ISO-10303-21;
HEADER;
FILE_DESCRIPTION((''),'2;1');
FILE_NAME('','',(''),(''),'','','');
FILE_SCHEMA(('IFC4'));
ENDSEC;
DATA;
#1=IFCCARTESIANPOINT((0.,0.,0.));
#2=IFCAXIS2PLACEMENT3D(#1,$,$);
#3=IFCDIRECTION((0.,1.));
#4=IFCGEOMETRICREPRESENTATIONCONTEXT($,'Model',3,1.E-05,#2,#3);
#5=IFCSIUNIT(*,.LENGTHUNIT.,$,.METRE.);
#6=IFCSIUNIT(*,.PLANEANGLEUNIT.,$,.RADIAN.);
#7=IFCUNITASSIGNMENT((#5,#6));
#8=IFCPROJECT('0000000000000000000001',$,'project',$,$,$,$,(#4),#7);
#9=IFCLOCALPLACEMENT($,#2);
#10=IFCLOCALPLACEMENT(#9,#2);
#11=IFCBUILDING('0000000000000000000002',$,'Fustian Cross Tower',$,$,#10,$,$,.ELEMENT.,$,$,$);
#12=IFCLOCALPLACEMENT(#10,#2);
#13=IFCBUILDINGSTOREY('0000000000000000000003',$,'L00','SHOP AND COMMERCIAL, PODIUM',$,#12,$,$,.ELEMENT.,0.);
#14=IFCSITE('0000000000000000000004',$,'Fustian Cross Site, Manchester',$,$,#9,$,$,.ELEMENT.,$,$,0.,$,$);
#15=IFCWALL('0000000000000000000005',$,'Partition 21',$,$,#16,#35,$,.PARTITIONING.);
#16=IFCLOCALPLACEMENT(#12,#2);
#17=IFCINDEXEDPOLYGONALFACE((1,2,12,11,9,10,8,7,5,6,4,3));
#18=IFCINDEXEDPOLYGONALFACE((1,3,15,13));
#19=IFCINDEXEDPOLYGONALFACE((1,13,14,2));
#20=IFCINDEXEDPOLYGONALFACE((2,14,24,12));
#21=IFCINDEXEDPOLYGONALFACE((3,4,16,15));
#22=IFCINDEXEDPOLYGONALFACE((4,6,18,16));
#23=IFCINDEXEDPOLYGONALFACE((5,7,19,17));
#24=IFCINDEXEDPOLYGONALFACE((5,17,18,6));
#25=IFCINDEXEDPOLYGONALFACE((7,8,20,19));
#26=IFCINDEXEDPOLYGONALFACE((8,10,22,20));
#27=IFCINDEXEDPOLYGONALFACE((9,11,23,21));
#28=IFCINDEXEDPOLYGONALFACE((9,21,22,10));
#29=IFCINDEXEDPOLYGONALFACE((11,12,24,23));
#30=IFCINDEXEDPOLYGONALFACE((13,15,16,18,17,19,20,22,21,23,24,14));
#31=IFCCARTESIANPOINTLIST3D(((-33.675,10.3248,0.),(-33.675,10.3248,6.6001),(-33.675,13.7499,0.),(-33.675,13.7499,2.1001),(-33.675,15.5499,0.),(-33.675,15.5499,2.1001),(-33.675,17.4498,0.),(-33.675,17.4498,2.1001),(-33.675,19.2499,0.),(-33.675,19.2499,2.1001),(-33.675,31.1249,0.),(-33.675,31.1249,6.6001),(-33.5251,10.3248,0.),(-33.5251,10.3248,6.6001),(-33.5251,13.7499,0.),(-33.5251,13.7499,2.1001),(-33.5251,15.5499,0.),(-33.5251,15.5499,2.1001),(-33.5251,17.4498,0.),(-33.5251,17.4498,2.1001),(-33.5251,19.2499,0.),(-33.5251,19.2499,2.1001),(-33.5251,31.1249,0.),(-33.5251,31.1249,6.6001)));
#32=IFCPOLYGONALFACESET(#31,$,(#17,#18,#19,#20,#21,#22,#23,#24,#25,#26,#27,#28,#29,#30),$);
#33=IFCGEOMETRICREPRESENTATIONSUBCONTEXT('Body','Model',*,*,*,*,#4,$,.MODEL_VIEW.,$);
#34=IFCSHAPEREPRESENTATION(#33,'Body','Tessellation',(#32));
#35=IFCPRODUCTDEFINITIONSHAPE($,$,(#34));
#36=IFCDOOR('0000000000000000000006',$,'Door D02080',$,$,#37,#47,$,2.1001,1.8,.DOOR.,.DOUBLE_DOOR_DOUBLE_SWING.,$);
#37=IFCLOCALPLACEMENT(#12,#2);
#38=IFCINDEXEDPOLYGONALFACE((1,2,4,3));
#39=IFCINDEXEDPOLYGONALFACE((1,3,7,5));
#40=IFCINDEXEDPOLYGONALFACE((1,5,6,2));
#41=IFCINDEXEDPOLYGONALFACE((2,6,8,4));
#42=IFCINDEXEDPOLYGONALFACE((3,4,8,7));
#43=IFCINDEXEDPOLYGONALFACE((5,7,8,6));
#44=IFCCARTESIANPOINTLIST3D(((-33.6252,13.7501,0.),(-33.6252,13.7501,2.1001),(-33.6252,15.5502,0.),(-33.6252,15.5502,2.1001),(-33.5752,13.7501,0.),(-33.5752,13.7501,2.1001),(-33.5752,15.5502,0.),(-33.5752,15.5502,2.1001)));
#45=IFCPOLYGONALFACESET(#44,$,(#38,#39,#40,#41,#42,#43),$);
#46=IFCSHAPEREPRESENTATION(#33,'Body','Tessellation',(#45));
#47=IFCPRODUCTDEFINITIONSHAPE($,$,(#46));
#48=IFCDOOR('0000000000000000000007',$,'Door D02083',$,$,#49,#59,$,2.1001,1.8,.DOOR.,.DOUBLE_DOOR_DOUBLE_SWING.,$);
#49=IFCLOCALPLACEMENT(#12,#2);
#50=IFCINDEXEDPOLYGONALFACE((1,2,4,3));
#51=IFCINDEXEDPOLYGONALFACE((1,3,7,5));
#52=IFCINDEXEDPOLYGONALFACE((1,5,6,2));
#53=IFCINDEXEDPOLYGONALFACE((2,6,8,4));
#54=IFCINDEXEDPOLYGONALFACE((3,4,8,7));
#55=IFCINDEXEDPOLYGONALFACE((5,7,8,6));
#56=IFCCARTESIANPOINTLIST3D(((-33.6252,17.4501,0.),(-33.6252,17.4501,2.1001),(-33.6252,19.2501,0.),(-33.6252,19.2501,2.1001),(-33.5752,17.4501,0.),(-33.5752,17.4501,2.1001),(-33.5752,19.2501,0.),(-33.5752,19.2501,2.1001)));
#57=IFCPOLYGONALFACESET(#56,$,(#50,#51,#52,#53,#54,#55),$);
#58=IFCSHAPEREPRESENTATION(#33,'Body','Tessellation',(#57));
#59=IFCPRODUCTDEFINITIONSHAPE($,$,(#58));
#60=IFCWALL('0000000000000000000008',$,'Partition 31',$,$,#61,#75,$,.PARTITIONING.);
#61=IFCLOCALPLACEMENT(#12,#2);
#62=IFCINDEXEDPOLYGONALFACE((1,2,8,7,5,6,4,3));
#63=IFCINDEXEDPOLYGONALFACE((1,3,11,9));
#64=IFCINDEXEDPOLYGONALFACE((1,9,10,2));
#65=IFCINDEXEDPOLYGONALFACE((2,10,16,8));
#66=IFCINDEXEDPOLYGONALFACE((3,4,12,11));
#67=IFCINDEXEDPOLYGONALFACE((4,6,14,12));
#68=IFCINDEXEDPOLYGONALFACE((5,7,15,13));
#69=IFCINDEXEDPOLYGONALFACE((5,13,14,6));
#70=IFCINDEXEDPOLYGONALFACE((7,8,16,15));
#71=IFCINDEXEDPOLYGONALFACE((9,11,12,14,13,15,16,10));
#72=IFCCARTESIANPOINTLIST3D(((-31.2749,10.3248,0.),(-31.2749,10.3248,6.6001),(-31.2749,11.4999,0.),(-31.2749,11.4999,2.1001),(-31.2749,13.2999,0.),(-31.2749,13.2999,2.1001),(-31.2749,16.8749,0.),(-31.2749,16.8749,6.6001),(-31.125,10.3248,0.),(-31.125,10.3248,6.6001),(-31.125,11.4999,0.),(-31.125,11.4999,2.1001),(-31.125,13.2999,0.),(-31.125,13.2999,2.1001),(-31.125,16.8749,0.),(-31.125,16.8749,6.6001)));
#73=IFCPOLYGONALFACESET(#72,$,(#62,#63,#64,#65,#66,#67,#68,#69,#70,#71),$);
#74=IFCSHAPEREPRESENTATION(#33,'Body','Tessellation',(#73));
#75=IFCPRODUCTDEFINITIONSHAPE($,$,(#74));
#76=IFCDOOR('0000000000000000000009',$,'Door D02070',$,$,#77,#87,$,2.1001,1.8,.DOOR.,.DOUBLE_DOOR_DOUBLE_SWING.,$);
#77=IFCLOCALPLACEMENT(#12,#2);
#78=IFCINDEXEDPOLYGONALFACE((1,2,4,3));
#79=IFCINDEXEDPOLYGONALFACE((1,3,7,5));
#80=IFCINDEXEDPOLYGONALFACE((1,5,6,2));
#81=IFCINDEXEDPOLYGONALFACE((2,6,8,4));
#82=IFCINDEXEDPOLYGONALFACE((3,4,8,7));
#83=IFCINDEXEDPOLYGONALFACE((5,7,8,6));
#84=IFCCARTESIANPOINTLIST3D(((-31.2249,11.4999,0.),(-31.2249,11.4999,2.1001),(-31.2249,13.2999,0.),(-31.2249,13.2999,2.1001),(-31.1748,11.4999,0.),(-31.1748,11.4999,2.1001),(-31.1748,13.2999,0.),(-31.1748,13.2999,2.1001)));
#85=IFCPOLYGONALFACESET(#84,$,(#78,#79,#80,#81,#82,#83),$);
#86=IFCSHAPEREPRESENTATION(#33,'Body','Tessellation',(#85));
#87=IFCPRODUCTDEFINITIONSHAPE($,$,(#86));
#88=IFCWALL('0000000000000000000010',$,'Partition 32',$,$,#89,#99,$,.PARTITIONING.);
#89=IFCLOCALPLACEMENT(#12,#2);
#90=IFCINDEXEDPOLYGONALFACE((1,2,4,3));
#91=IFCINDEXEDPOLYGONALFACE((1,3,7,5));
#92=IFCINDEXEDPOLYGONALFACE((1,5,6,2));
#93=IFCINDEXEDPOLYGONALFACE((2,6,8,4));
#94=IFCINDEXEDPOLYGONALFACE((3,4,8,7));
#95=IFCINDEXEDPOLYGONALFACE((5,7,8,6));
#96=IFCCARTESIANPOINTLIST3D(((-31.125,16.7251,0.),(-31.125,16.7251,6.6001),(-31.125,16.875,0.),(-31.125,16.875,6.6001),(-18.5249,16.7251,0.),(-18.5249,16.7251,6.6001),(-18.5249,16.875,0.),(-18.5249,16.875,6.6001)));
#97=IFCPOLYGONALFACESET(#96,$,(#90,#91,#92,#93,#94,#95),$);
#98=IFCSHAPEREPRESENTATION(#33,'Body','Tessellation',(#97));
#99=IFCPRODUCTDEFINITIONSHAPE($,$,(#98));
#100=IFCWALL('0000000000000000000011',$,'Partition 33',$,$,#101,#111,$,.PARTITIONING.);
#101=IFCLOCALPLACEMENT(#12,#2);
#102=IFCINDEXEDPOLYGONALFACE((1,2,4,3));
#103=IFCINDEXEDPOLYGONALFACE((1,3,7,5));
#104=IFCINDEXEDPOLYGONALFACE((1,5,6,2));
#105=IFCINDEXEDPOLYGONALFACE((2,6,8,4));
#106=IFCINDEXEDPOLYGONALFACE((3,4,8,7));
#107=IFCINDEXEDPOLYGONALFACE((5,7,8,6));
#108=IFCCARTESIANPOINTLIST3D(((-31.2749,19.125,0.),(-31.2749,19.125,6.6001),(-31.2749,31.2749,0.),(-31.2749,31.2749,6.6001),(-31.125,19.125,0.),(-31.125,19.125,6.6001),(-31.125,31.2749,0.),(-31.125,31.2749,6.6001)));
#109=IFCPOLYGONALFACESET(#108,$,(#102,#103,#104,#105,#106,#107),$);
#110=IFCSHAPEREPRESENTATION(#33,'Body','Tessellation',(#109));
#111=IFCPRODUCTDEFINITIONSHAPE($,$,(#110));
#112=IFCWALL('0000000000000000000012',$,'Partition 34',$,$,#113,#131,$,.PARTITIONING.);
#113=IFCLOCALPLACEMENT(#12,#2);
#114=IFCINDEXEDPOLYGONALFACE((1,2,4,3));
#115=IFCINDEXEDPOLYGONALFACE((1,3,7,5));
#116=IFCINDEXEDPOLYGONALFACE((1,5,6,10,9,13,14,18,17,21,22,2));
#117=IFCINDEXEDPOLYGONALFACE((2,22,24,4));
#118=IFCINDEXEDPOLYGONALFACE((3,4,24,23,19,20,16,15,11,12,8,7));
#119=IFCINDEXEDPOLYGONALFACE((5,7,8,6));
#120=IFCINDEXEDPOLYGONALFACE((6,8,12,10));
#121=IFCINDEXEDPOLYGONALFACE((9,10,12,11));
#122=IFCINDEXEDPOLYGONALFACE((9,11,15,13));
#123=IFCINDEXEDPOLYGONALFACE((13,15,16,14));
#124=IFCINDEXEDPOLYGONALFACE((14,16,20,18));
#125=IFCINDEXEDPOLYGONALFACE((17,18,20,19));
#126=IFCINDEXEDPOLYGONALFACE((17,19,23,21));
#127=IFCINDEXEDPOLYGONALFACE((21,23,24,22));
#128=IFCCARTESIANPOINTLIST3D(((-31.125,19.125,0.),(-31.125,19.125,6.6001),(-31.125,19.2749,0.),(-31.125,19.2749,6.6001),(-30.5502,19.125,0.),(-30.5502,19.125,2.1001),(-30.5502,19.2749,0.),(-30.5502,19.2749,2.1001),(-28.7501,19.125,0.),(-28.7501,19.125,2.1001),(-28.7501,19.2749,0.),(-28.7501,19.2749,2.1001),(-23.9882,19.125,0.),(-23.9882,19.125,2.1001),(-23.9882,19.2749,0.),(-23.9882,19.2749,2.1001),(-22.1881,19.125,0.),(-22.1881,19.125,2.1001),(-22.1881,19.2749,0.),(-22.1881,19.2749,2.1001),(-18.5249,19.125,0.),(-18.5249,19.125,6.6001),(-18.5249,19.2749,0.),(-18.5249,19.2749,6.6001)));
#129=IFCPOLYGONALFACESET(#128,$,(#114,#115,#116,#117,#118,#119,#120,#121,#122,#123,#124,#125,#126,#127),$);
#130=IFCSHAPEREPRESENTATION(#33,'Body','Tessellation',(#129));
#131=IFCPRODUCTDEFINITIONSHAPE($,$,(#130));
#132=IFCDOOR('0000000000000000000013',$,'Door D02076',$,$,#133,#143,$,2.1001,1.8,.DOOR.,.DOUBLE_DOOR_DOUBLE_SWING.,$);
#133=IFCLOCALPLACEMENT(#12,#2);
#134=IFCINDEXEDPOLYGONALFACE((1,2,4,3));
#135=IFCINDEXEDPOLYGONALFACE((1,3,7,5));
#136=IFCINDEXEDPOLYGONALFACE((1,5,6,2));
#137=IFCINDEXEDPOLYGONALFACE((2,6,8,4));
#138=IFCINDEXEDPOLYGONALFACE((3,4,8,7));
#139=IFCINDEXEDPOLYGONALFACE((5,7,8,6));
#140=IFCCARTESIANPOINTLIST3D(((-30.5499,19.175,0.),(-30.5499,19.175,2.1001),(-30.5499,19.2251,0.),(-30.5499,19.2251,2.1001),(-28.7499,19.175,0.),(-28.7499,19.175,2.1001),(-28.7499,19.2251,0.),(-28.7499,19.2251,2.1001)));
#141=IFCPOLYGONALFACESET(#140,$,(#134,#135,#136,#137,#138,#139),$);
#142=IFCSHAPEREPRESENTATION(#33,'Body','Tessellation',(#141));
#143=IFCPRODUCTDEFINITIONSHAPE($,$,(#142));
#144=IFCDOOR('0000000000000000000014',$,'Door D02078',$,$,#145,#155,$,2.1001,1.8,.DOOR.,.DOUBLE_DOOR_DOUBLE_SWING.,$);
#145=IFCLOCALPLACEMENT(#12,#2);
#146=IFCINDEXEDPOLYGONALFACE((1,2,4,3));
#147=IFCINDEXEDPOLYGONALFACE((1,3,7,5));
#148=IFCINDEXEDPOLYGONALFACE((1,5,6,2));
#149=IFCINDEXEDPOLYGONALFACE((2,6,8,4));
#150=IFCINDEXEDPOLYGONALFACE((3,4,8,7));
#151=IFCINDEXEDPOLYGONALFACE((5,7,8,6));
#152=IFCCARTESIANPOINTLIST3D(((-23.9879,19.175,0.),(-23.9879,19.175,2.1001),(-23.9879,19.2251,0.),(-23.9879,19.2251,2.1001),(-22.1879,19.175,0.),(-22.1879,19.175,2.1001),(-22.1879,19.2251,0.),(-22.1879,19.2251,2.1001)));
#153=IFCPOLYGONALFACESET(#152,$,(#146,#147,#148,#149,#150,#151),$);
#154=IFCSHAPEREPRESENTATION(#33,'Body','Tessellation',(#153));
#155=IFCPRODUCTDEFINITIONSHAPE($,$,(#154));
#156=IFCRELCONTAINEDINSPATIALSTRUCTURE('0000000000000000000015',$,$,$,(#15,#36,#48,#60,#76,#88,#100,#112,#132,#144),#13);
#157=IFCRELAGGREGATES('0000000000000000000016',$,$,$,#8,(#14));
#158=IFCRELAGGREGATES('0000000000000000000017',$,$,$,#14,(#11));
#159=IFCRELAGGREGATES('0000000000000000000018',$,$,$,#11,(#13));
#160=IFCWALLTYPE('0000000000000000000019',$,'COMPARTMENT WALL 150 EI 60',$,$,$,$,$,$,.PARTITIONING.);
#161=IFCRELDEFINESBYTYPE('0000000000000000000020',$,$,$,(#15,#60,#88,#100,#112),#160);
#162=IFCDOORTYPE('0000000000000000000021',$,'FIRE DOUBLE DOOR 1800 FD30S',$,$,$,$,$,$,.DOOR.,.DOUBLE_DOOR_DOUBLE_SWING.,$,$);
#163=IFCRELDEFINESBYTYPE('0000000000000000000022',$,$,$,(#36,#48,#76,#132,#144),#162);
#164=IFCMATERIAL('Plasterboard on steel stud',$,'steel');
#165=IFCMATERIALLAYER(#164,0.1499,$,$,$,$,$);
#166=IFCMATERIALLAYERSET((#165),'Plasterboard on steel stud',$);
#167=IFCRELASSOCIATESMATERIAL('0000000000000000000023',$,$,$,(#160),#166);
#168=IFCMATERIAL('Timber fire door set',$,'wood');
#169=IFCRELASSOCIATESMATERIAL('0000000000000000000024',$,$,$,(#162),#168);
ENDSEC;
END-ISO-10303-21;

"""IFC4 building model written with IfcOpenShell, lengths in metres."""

from ifc_helpers import new_model, si_unit, direction, frame, frame_2d, origin, place, context, subcontext, project, spatial, rectangle, extrude, material, layer, layer_set, type_object, element, fill, save


model = new_model("IFC4")

# Units and contexts
model_context = context("Model", 3, precision=1e-05, world=origin(), true_north=direction((0.0, 1.0)))
body_context = subcontext(model_context, "Body", "Model", "MODEL_VIEW")
ifc_project = project(units=[si_unit("LENGTHUNIT", "METRE"), si_unit("PLANEANGLEUNIT", "RADIAN")], contexts=[model_context])

# Site, building, storey
site_placement = place(None, origin())
site = spatial("IfcSite", under=ifc_project, at=site_placement, Name="Fustian Cross Site, Manchester", CompositionType="ELEMENT", RefElevation=0.0)
building_placement = place(site_placement, origin())
building = spatial("IfcBuilding", under=site, at=building_placement, Name="Fustian Cross Tower", CompositionType="ELEMENT")
storey_placement = place(building_placement, origin())
storey = spatial("IfcBuildingStorey", under=building, at=storey_placement, Name="L00", Description="SHOP AND COMMERCIAL, PODIUM", CompositionType="ELEMENT", Elevation=0.0)

# Wall, openings, doors
ifc_material_1 = material(Name="Plasterboard on steel stud", Category="steel")
ifc_layer_1 = layer(ifc_material_1, 0.1499)
ifc_layer_set_1 = layer_set([ifc_layer_1], Name="Plasterboard on steel stud")
wall_type_1 = type_object("IfcWallType", Name="COMPARTMENT WALL 150 EI 60", PredefinedType="PARTITIONING", material=ifc_layer_set_1)
wall_1_placement = place(storey_placement, frame((-33.6001, 10.325, 0.0), z_axis=(0.0, 0.0, 1.0), x_axis=(0.0, 1.0, 0.0)))
wall_1 = element("IfcWall", 1, at=wall_1_placement, inside=storey, type_object=wall_type_1, Name="Partition 21", PredefinedType="PARTITIONING", context=body_context, shape_type="SweptSolid", body=[
    extrude(rectangle(XDim=20.8, YDim=0.1499, at=frame_2d((10.3999, 0.0))), origin(), (0.0, 0.0, 1.0), 6.6001),
])
opening_1_placement = place(wall_1_placement, frame((3.425, 0.0, 0.0)))
opening_1 = element("IfcOpeningElement", 2, at=opening_1_placement, cuts=wall_1, PredefinedType="OPENING", context=body_context, shape_type="SweptSolid", body=[
    extrude(rectangle(XDim=1.8, YDim=2.1001, at=frame_2d((0.8999, 1.05))), frame((0.0, 0.085, 0.0), z_axis=(0.0, -1.0, 0.0), x_axis=(1.0, 0.0, 0.0)), (0.0, 0.0, 1.0), 0.1699),
])
opening_2_placement = place(wall_1_placement, frame((7.125, 0.0, 0.0)))
opening_2 = element("IfcOpeningElement", 3, at=opening_2_placement, cuts=wall_1, PredefinedType="OPENING", context=body_context, shape_type="SweptSolid", body=[
    extrude(rectangle(XDim=1.8, YDim=2.1001, at=frame_2d((0.8999, 1.05))), frame((0.0, 0.085, 0.0), z_axis=(0.0, -1.0, 0.0), x_axis=(1.0, 0.0, 0.0)), (0.0, 0.0, 1.0), 0.1699),
])
ifc_material_2 = material(Name="Timber fire door set", Category="wood")
door_type = type_object("IfcDoorType", Name="FIRE DOUBLE DOOR 1800 FD30S", OperationType="DOUBLE_DOOR_DOUBLE_SWING", PredefinedType="DOOR", material=ifc_material_2)
door_1_placement = place(opening_1_placement, frame((1.8, 0.0, 0.0), z_axis=(0.0, 0.0, 1.0), x_axis=(-1.0, 0.0, 0.0)))
door_1 = element("IfcDoor", 4, at=door_1_placement, inside=storey, type_object=door_type, Name="Door D02080", OperationType="DOUBLE_DOOR_DOUBLE_SWING", OverallHeight=2.1001, OverallWidth=1.8, PredefinedType="DOOR", context=body_context, shape_type="SweptSolid", body=[
    extrude(rectangle(XDim=1.8, YDim=2.1001, at=frame_2d((0.8999, 1.05))), frame((0.0, 0.0249, 0.0), z_axis=(0.0, -1.0, 0.0), x_axis=(1.0, 0.0, 0.0)), (0.0, 0.0, 1.0), 0.05),
])
fill(opening_1, door_1)
door_2_placement = place(opening_2_placement, frame((1.8, 0.0, 0.0), z_axis=(0.0, 0.0, 1.0), x_axis=(-1.0, 0.0, 0.0)))
door_2 = element("IfcDoor", 5, at=door_2_placement, inside=storey, type_object=door_type, Name="Door D02083", OperationType="DOUBLE_DOOR_DOUBLE_SWING", OverallHeight=2.1001, OverallWidth=1.8, PredefinedType="DOOR", context=body_context, shape_type="SweptSolid", body=[
    extrude(rectangle(XDim=1.8, YDim=2.1001, at=frame_2d((0.8999, 1.05))), frame((0.0, 0.0249, 0.0), z_axis=(0.0, -1.0, 0.0), x_axis=(1.0, 0.0, 0.0)), (0.0, 0.0, 1.0), 0.05),
])
fill(opening_2, door_2)

# Wall, opening, door
wall_2_placement = place(storey_placement, frame((-31.2, 10.325, 0.0), z_axis=(0.0, 0.0, 1.0), x_axis=(0.0, 1.0, 0.0)))
wall_2 = element("IfcWall", 6, at=wall_2_placement, inside=storey, type_object=wall_type_1, Name="Partition 31", PredefinedType="PARTITIONING", context=body_context, shape_type="SweptSolid", body=[
    extrude(rectangle(XDim=6.55, YDim=0.1499, at=frame_2d((3.2749, 0.0))), origin(), (0.0, 0.0, 1.0), 6.6001),
])
opening_3_placement = place(wall_2_placement, frame((1.175, 0.0, 0.0)))
opening_3 = element("IfcOpeningElement", 7, at=opening_3_placement, cuts=wall_2, PredefinedType="OPENING", context=body_context, shape_type="SweptSolid", body=[
    extrude(rectangle(XDim=1.8, YDim=2.1001, at=frame_2d((0.8999, 1.05))), frame((0.0, 0.085, 0.0), z_axis=(0.0, -1.0, 0.0), x_axis=(1.0, 0.0, 0.0)), (0.0, 0.0, 1.0), 0.1699),
])
door_3_placement = place(opening_3_placement, origin())
door_3 = element("IfcDoor", 8, at=door_3_placement, inside=storey, type_object=door_type, Name="Door D02070", OperationType="DOUBLE_DOOR_DOUBLE_SWING", OverallHeight=2.1001, OverallWidth=1.8, PredefinedType="DOOR", context=body_context, shape_type="SweptSolid", body=[
    extrude(rectangle(XDim=1.8, YDim=2.1001, at=frame_2d((0.8999, 1.05))), frame((0.0, 0.0249, 0.0), z_axis=(0.0, -1.0, 0.0), x_axis=(1.0, 0.0, 0.0)), (0.0, 0.0, 1.0), 0.05),
])
fill(opening_3, door_3)

# Walls
wall_3_placement = place(storey_placement, frame((-31.125, 16.8, 0.0), z_axis=(0.0, 0.0, 1.0), x_axis=(1.0, 0.0, 0.0)))
element("IfcWall", 9, at=wall_3_placement, inside=storey, type_object=wall_type_1, Name="Partition 32", PredefinedType="PARTITIONING", context=body_context, shape_type="SweptSolid", body=[
    extrude(rectangle(XDim=12.6001, YDim=0.1499, at=frame_2d((6.3, 0.0))), origin(), (0.0, 0.0, 1.0), 6.6001),
])
wall_4_placement = place(storey_placement, frame((-31.2, 19.125, 0.0), z_axis=(0.0, 0.0, 1.0), x_axis=(0.0, 1.0, 0.0)))
element("IfcWall", 10, at=wall_4_placement, inside=storey, type_object=wall_type_1, Name="Partition 33", PredefinedType="PARTITIONING", context=body_context, shape_type="SweptSolid", body=[
    extrude(rectangle(XDim=12.1499, YDim=0.1499, at=frame_2d((6.075, 0.0))), origin(), (0.0, 0.0, 1.0), 6.6001),
])

# Wall, openings, doors
wall_5_placement = place(storey_placement, frame((-31.125, 19.2, 0.0), z_axis=(0.0, 0.0, 1.0), x_axis=(1.0, 0.0, 0.0)))
wall_5 = element("IfcWall", 11, at=wall_5_placement, inside=storey, type_object=wall_type_1, Name="Partition 34", PredefinedType="PARTITIONING", context=body_context, shape_type="SweptSolid", body=[
    extrude(rectangle(XDim=12.6001, YDim=0.1499, at=frame_2d((6.3, 0.0))), origin(), (0.0, 0.0, 1.0), 6.6001),
])
opening_4_placement = place(wall_5_placement, frame((0.575, 0.0, 0.0)))
opening_4 = element("IfcOpeningElement", 12, at=opening_4_placement, cuts=wall_5, PredefinedType="OPENING", context=body_context, shape_type="SweptSolid", body=[
    extrude(rectangle(XDim=1.8, YDim=2.1001, at=frame_2d((0.8999, 1.05))), frame((0.0, 0.085, 0.0), z_axis=(0.0, -1.0, 0.0), x_axis=(1.0, 0.0, 0.0)), (0.0, 0.0, 1.0), 0.1699),
])
opening_5_placement = place(wall_5_placement, frame((7.137, 0.0, 0.0)))
opening_5 = element("IfcOpeningElement", 13, at=opening_5_placement, cuts=wall_5, PredefinedType="OPENING", context=body_context, shape_type="SweptSolid", body=[
    extrude(rectangle(XDim=1.8, YDim=2.1001, at=frame_2d((0.8999, 1.05))), frame((0.0, 0.085, 0.0), z_axis=(0.0, -1.0, 0.0), x_axis=(1.0, 0.0, 0.0)), (0.0, 0.0, 1.0), 0.1699),
])
door_4_placement = place(opening_4_placement, frame((1.8, 0.0, 0.0), z_axis=(0.0, 0.0, 1.0), x_axis=(-1.0, 0.0, 0.0)))
door_4 = element("IfcDoor", 14, at=door_4_placement, inside=storey, type_object=door_type, Name="Door D02076", OperationType="DOUBLE_DOOR_DOUBLE_SWING", OverallHeight=2.1001, OverallWidth=1.8, PredefinedType="DOOR", context=body_context, shape_type="SweptSolid", body=[
    extrude(rectangle(XDim=1.8, YDim=2.1001, at=frame_2d((0.8999, 1.05))), frame((0.0, 0.0249, 0.0), z_axis=(0.0, -1.0, 0.0), x_axis=(1.0, 0.0, 0.0)), (0.0, 0.0, 1.0), 0.05),
])
fill(opening_4, door_4)
door_5_placement = place(opening_5_placement, frame((1.8, 0.0, 0.0), z_axis=(0.0, 0.0, 1.0), x_axis=(-1.0, 0.0, 0.0)))
door_5 = element("IfcDoor", 15, at=door_5_placement, inside=storey, type_object=door_type, Name="Door D02078", OperationType="DOUBLE_DOOR_DOUBLE_SWING", OverallHeight=2.1001, OverallWidth=1.8, PredefinedType="DOOR", context=body_context, shape_type="SweptSolid", body=[
    extrude(rectangle(XDim=1.8, YDim=2.1001, at=frame_2d((0.8999, 1.05))), frame((0.0, 0.0249, 0.0), z_axis=(0.0, -1.0, 0.0), x_axis=(1.0, 0.0, 0.0)), (0.0, 0.0, 1.0), 0.05),
])
fill(opening_5, door_5)

save(model, "model.ifc")
